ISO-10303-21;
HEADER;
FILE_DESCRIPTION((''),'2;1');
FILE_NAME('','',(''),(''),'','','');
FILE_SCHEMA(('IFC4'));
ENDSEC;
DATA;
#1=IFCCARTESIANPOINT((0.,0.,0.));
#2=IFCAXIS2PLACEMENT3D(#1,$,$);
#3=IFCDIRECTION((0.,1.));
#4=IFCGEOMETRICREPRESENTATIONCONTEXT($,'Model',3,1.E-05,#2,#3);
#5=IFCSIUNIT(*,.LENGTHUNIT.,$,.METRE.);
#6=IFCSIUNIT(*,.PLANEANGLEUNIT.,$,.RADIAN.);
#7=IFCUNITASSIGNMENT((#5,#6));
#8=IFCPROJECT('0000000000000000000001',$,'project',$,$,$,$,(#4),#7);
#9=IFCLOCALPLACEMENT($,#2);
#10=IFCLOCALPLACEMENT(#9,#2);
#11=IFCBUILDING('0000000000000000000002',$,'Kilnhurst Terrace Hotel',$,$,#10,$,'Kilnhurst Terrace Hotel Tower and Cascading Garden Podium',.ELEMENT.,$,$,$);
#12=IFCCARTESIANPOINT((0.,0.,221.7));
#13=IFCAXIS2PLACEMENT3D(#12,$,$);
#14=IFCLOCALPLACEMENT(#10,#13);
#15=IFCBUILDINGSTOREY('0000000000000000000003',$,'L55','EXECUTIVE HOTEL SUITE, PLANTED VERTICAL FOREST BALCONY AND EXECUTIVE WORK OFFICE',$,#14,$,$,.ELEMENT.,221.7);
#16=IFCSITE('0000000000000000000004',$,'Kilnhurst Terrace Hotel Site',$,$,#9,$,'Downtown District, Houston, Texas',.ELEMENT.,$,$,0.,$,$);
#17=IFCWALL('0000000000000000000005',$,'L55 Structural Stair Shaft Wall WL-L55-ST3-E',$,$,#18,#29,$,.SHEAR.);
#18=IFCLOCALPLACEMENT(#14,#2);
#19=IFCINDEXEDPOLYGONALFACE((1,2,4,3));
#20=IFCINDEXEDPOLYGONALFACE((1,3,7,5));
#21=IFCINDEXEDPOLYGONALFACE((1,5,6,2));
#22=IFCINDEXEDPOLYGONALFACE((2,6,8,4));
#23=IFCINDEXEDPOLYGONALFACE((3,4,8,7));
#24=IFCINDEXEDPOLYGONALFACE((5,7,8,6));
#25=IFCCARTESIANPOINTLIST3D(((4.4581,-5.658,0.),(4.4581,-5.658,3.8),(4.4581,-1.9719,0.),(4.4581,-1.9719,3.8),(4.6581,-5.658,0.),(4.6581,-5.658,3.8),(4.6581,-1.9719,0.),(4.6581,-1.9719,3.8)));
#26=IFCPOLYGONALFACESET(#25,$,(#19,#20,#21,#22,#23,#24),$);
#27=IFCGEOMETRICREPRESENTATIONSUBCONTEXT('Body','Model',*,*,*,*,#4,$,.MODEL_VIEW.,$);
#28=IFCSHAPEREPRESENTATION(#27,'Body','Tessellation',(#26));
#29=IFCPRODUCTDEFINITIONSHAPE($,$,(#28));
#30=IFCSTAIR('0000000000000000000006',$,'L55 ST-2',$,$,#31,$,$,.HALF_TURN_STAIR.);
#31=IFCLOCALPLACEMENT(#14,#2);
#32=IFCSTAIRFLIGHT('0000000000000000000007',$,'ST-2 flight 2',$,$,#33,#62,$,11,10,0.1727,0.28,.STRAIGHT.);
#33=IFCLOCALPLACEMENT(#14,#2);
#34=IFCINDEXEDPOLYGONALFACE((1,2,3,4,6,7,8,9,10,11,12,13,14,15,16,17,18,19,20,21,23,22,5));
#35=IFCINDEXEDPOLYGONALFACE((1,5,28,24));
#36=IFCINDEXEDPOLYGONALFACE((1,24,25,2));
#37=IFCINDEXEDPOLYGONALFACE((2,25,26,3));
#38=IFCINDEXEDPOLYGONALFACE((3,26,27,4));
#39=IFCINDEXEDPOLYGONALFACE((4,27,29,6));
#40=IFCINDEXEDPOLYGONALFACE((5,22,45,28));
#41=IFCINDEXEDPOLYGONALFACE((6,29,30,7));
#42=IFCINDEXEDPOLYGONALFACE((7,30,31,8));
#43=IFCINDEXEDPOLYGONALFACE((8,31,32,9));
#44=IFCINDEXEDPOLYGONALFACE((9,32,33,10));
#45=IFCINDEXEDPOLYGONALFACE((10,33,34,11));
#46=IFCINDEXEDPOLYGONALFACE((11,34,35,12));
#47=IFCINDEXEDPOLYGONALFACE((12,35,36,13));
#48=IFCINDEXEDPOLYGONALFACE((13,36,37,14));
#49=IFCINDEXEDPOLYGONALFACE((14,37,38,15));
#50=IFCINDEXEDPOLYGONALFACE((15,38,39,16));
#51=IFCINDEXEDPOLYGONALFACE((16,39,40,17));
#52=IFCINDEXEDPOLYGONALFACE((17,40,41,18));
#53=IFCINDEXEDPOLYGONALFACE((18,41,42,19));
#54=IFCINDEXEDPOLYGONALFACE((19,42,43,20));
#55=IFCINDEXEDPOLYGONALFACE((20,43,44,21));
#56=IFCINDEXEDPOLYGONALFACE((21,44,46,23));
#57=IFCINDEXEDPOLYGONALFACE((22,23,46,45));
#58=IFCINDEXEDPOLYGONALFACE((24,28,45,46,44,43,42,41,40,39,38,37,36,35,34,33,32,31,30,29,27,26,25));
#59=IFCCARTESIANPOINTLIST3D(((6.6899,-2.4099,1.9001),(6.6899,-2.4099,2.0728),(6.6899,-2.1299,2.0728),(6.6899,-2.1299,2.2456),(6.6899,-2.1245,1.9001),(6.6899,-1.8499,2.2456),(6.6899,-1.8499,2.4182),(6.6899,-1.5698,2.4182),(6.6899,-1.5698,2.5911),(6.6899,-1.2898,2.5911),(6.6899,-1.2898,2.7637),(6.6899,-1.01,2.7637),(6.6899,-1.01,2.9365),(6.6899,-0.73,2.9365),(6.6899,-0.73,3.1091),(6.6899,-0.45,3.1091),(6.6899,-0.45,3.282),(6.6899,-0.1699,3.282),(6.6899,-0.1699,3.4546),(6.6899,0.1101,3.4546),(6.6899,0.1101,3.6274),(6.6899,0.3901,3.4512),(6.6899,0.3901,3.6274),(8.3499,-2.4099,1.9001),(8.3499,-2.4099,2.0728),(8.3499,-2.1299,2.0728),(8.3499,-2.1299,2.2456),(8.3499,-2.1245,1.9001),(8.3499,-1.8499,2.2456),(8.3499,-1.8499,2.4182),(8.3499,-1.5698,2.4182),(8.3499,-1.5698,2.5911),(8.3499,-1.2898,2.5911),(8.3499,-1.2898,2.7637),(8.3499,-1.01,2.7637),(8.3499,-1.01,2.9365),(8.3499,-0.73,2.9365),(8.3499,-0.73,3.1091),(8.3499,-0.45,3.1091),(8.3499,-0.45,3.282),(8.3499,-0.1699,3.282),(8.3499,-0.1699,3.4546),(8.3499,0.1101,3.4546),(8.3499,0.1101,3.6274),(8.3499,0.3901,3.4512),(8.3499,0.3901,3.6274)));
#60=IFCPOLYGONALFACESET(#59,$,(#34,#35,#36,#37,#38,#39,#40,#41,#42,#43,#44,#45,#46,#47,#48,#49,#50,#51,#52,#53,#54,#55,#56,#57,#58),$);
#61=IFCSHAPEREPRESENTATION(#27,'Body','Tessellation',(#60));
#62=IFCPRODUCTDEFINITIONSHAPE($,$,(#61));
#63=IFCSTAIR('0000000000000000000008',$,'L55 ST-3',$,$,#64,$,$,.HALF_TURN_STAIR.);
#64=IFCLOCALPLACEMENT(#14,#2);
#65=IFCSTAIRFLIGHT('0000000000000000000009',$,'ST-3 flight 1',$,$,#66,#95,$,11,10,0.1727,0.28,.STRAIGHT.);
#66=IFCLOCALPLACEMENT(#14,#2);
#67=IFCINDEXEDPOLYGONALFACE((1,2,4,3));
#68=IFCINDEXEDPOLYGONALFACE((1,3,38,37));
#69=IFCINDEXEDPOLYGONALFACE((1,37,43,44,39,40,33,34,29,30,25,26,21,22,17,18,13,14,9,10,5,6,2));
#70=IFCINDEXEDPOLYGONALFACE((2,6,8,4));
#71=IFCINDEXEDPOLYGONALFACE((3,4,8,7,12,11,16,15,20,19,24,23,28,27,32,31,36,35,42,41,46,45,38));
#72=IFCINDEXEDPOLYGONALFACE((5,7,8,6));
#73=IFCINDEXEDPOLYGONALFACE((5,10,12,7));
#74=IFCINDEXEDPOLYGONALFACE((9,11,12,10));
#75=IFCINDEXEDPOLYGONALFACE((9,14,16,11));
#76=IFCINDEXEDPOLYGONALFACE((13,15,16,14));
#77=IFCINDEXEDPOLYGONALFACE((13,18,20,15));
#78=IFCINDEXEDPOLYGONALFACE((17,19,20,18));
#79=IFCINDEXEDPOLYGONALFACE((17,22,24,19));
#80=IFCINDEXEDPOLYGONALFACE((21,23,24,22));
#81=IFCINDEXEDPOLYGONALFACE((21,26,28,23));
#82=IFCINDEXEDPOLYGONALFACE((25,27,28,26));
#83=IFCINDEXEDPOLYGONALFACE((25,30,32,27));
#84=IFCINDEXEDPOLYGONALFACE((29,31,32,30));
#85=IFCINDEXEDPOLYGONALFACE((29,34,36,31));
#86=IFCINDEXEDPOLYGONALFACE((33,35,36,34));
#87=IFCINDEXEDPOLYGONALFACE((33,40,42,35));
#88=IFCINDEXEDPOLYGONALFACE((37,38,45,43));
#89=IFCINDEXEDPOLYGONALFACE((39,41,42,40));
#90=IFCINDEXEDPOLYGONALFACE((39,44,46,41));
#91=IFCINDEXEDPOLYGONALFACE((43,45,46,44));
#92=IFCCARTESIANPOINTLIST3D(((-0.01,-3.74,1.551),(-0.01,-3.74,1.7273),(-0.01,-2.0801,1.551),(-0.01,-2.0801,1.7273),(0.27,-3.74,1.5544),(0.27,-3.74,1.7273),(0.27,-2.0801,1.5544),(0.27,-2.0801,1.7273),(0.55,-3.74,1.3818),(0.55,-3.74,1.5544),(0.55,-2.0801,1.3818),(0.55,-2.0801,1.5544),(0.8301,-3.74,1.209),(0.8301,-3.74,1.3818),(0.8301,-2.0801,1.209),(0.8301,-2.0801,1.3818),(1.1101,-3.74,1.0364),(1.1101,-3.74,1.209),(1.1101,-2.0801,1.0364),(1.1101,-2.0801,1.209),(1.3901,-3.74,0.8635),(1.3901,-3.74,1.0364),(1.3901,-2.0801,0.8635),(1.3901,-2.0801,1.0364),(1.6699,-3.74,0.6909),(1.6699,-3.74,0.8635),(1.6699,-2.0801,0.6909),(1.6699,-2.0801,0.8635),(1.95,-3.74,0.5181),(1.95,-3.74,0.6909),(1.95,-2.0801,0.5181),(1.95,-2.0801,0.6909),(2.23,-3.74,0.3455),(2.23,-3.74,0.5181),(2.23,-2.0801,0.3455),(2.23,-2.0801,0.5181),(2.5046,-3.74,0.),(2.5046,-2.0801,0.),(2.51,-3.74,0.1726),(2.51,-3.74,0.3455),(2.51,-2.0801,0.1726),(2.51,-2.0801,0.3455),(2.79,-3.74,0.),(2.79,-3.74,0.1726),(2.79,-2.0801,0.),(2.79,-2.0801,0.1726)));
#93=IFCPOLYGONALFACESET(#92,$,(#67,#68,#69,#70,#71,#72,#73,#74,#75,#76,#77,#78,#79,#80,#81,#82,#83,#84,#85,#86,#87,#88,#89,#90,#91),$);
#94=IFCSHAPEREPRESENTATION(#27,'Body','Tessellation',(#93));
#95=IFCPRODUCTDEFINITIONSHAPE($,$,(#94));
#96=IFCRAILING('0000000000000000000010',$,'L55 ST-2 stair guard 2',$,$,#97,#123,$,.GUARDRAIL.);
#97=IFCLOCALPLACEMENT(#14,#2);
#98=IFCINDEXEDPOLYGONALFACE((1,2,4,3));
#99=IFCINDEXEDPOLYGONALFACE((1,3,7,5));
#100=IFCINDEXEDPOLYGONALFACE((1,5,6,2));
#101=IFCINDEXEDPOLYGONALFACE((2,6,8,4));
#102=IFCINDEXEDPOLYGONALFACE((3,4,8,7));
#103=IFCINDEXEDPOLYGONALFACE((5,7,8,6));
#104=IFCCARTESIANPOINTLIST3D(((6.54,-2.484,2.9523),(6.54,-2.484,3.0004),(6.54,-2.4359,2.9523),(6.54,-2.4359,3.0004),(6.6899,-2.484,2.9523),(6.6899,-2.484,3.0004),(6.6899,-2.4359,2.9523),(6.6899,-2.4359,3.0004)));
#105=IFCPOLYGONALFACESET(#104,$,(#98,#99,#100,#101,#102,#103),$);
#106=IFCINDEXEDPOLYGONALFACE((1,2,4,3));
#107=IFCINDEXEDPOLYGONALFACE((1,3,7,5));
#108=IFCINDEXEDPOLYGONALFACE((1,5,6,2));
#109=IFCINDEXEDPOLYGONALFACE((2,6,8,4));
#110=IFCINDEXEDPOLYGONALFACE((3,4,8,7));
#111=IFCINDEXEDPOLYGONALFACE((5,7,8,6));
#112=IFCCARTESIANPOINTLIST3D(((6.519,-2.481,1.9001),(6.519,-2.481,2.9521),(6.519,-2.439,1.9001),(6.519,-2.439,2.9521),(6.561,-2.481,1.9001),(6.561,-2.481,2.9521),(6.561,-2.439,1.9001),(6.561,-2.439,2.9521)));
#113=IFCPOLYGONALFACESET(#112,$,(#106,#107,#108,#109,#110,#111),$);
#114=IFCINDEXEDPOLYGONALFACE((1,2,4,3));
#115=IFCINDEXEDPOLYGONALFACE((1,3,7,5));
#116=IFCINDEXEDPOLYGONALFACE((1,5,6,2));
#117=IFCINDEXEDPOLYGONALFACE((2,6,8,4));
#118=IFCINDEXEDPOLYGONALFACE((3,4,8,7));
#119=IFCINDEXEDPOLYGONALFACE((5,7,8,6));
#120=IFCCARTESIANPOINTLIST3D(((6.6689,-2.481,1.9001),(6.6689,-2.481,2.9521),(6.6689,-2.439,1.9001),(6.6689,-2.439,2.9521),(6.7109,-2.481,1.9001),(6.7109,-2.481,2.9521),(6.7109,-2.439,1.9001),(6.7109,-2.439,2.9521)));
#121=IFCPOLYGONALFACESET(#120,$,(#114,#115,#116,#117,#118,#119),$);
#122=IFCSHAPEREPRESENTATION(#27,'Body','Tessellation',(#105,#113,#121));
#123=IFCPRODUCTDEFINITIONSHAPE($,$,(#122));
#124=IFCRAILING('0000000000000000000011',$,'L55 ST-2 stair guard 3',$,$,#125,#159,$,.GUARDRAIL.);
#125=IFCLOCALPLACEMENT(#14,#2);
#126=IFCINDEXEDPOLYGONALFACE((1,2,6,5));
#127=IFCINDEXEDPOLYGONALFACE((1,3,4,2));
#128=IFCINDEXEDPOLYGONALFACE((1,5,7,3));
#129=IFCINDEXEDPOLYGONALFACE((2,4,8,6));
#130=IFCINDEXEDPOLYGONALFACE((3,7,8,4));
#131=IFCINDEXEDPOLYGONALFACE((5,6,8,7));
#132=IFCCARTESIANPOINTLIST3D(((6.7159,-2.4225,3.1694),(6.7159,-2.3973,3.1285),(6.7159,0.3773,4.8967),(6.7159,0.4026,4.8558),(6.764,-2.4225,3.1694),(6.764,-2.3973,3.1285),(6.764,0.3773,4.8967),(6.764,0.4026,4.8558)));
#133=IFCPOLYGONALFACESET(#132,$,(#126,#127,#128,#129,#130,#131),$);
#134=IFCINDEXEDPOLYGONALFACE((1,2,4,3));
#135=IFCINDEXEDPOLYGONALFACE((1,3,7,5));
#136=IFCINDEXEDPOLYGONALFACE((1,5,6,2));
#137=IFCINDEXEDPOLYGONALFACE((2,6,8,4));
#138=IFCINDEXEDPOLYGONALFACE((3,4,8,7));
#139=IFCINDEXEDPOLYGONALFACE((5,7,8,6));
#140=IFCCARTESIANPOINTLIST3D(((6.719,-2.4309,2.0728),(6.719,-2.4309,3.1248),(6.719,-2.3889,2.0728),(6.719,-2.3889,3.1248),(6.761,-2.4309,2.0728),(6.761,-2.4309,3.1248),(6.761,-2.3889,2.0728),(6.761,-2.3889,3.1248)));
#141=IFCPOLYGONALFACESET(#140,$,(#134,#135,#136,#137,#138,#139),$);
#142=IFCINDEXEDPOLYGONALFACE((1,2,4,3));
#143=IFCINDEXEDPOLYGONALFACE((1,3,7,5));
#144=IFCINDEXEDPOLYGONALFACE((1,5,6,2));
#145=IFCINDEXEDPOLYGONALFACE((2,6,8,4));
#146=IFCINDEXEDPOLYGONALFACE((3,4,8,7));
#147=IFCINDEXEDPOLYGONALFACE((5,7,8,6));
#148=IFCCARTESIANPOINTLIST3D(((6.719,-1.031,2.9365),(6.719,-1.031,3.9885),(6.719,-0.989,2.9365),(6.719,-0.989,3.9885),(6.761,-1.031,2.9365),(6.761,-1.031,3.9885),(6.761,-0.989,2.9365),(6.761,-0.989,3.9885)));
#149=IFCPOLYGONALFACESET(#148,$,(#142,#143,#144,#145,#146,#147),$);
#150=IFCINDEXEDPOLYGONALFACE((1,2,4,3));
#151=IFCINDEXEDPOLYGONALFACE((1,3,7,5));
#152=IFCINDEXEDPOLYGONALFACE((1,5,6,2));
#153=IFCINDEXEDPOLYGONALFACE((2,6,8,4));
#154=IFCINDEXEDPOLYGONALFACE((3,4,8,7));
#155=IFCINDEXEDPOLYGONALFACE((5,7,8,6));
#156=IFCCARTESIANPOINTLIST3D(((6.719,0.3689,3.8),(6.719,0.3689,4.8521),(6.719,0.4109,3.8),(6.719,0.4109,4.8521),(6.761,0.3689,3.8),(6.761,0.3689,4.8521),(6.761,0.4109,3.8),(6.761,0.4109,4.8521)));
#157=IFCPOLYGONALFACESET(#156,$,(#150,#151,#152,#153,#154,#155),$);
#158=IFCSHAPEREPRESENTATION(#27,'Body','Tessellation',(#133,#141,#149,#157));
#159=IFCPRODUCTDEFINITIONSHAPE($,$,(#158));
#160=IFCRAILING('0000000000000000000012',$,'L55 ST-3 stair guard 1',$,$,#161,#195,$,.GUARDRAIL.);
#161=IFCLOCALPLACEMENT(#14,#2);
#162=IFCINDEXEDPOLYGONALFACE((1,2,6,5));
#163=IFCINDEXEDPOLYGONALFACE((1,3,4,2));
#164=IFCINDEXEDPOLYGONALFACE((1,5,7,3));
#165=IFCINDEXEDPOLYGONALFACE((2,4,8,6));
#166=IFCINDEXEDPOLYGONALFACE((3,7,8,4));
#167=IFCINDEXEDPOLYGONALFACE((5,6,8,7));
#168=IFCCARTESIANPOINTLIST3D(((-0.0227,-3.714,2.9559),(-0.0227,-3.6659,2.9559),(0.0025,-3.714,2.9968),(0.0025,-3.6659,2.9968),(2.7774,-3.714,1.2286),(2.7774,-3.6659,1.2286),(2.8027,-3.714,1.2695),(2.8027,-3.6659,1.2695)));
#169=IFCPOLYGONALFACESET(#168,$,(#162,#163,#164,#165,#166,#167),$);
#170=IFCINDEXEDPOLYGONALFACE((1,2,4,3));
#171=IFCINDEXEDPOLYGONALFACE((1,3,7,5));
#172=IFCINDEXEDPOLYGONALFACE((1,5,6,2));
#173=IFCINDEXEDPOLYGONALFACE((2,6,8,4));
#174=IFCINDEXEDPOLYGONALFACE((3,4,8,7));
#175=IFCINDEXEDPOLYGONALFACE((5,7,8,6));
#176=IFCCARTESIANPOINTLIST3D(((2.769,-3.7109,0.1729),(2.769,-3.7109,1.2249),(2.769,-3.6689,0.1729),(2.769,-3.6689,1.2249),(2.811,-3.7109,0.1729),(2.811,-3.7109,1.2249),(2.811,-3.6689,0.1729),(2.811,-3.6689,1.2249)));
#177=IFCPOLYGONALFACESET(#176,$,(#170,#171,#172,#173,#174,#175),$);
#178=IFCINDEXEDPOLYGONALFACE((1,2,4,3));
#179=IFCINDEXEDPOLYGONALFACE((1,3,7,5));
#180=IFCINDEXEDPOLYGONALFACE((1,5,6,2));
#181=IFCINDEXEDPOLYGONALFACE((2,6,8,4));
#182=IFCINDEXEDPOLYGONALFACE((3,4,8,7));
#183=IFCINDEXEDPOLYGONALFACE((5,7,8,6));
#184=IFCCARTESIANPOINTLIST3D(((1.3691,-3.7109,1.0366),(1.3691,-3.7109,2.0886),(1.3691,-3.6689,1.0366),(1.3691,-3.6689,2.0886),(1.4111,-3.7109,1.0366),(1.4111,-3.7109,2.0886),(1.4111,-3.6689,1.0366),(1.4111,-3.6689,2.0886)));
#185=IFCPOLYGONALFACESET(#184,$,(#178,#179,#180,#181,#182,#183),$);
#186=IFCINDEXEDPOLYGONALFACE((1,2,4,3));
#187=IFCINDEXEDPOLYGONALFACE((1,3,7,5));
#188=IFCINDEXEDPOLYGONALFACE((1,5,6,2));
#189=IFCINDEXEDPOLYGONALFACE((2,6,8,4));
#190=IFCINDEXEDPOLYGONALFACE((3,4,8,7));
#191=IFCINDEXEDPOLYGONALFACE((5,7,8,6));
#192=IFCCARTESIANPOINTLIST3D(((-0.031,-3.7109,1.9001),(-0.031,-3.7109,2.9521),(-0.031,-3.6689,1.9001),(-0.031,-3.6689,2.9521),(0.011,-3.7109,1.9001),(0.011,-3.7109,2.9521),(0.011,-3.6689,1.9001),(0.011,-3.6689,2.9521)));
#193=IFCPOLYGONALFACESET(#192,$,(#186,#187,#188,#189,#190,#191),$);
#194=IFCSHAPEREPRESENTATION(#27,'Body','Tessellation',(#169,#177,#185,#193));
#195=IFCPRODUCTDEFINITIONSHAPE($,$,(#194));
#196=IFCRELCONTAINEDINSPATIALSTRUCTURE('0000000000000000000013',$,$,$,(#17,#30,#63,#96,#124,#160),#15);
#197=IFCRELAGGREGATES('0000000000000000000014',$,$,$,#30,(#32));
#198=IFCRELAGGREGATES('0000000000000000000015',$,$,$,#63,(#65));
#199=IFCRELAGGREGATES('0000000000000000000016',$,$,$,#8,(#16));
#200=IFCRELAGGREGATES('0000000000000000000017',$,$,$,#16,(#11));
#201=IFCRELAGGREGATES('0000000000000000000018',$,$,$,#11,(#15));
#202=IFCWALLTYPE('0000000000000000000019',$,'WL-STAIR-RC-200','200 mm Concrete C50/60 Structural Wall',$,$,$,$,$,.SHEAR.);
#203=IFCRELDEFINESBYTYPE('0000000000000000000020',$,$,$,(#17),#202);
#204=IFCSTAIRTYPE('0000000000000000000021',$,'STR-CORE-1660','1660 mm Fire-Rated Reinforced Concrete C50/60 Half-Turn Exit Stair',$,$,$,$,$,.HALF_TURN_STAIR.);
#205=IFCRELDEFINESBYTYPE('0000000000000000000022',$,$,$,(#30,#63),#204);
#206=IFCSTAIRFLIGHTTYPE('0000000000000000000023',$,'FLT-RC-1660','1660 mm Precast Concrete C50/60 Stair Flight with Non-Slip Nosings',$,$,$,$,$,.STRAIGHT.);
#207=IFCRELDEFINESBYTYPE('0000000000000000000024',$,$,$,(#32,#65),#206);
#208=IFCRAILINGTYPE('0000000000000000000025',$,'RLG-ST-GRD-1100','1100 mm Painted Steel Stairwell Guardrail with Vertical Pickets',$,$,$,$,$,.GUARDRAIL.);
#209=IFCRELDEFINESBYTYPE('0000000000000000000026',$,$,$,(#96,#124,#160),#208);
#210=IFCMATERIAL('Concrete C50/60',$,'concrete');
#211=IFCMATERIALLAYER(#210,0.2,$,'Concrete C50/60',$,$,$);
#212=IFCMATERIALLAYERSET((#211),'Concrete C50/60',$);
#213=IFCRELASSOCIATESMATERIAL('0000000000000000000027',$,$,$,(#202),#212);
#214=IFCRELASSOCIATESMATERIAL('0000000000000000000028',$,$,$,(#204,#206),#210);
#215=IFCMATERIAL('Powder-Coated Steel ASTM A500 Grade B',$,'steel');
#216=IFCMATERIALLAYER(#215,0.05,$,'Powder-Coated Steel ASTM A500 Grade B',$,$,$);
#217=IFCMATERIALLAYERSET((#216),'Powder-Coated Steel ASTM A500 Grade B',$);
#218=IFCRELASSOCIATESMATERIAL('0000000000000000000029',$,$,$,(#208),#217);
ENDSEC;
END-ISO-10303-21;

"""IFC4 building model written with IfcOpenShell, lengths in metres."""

from ifc_helpers import new_model, si_unit, direction, frame, frame_2d, origin, origin_2d, place, context, subcontext, project, spatial, polyline, rectangle, outline, extrude, material, layer, layer_set, type_object, element, aggregate, save


model = new_model("IFC4")

# Units and contexts
model_context = context("Model", 3, precision=1e-05, world=origin(), true_north=direction((0.0, 1.0)))
body_context = subcontext(model_context, "Body", "Model", "MODEL_VIEW")
ifc_project = project(units=[si_unit("LENGTHUNIT", "METRE"), si_unit("PLANEANGLEUNIT", "RADIAN")], contexts=[model_context])

# Site, building, storey
site_placement = place(None, origin())
site = spatial("IfcSite", under=ifc_project, at=site_placement, Name="Kilnhurst Terrace Hotel Site", LongName="Downtown District, Houston, Texas", CompositionType="ELEMENT", RefElevation=0.0)
building_placement = place(site_placement, origin())
building = spatial("IfcBuilding", under=site, at=building_placement, Name="Kilnhurst Terrace Hotel", LongName="Kilnhurst Terrace Hotel Tower and Cascading Garden Podium", CompositionType="ELEMENT")
storey_placement = place(building_placement, frame((0.0, 0.0, 221.7)))
storey = spatial("IfcBuildingStorey", under=building, at=storey_placement, Name="L55", Description="EXECUTIVE HOTEL SUITE, PLANTED VERTICAL FOREST BALCONY AND EXECUTIVE WORK OFFICE", CompositionType="ELEMENT", Elevation=221.7)

# Shared definitions
ifc_material_1 = material(Name="Concrete C50/60", Category="concrete")

# Wall
ifc_layer_1 = layer(ifc_material_1, 0.2, Name="Concrete C50/60")
ifc_layer_set_1 = layer_set([ifc_layer_1], Name="Concrete C50/60")
wall_type_1 = type_object("IfcWallType", Name="WL-STAIR-RC-200", Description="200 mm Concrete C50/60 Structural Wall", PredefinedType="SHEAR", material=ifc_layer_set_1)
for number, where, z_axis, x_axis, name in (
    (1, (4.5581, -5.658, 0.0), (0.0, 0.0, 1.0), (0.0, 1.0, 0.0), "L55 Structural Stair Shaft Wall WL-L55-ST3-E"),
):
    element("IfcWall", number, at=place(storey_placement, frame(where, z_axis=z_axis, x_axis=x_axis)), inside=storey, type_object=wall_type_1, Name=name, PredefinedType="SHEAR", context=body_context, shape_type="SweptSolid", body=[
        extrude(rectangle(XDim=3.686, YDim=0.2, at=frame_2d((1.843, 0.0))), origin(), (0.0, 0.0, 1.0), 3.8),
    ])

# Stairs, stair flights
stair_type = type_object("IfcStairType", Name="STR-CORE-1660", Description="1660 mm Fire-Rated Reinforced Concrete C50/60 Half-Turn Exit Stair", PredefinedType="HALF_TURN_STAIR", material=ifc_material_1)
stair_1_placement = place(storey_placement, origin())
stair_1 = element("IfcStair", 2, at=stair_1_placement, inside=storey, type_object=stair_type, Name="L55 ST-2", PredefinedType="HALF_TURN_STAIR")
stair_flight_type = type_object("IfcStairFlightType", Name="FLT-RC-1660", Description="1660 mm Precast Concrete C50/60 Stair Flight with Non-Slip Nosings", PredefinedType="STRAIGHT", material=ifc_material_1)
stair_flight_1_placement = place(storey_placement, frame((7.52, -2.4099, 1.9001), z_axis=(0.0, 0.0, 1.0), x_axis=(0.0, 1.0, 0.0)))
stair_flight_1 = element("IfcStairFlight", 3, at=stair_flight_1_placement, type_object=stair_flight_type, Name="ST-2 flight 2", NumberOfRisers=11, NumberOfTreads=10, PredefinedType="STRAIGHT", RiserHeight=0.1727, TreadLength=0.28, context=body_context, shape_type="SweptSolid", body=[
    extrude(outline(polyline([(0.0, 0.0), (0.0, 0.1726), (0.28, 0.1726), (0.28, 0.3455), (0.5601, 0.3455), (0.5601, 0.5181), (0.8401, 0.5181), (0.8401, 0.6909), (1.1201, 0.6909), (1.1201, 0.8635), (1.3999, 0.8635), (1.3999, 1.0364), (1.6799, 1.0364), (1.6799, 1.209), (1.96, 1.209), (1.96, 1.3818), (2.24, 1.3818), (2.24, 1.5544), (2.52, 1.5544), (2.52, 1.7273), (2.8, 1.7273), (2.8, 1.8999), (2.8, 1.551), (0.2854, 0.0), (0.0, 0.0)])), frame((0.0, 0.8301, 0.0), z_axis=(0.0, -1.0, 0.0), x_axis=(1.0, 0.0, 0.0)), (0.0, 0.0, 1.0), 1.6599),
])
aggregate(stair_1, [stair_flight_1])
stair_2_placement = place(storey_placement, origin())
stair_2 = element("IfcStair", 4, at=stair_2_placement, inside=storey, type_object=stair_type, Name="L55 ST-3", PredefinedType="HALF_TURN_STAIR")
stair_flight_2_placement = place(storey_placement, frame((2.79, -2.9099, 0.0), z_axis=(0.0, 0.0, 1.0), x_axis=(-1.0, 0.0, 0.0)))
stair_flight_2 = element("IfcStairFlight", 5, at=stair_flight_2_placement, type_object=stair_flight_type, Name="ST-3 flight 1", NumberOfRisers=11, NumberOfTreads=10, PredefinedType="STRAIGHT", RiserHeight=0.1727, TreadLength=0.28, context=body_context, shape_type="SweptSolid", body=[
    extrude(outline(polyline([(0.0, 0.0), (0.0, 0.1726), (0.28, 0.1726), (0.28, 0.3455), (0.5601, 0.3455), (0.5601, 0.5181), (0.8401, 0.5181), (0.8401, 0.6909), (1.1201, 0.6909), (1.1201, 0.8635), (1.3999, 0.8635), (1.3999, 1.0364), (1.6799, 1.0364), (1.6799, 1.209), (1.96, 1.209), (1.96, 1.3818), (2.24, 1.3818), (2.24, 1.5544), (2.52, 1.5544), (2.52, 1.7273), (2.8, 1.7273), (2.8, 1.8999), (2.8, 1.551), (0.2854, 0.0), (0.0, 0.0)])), frame((0.0, 0.8301, 0.0), z_axis=(0.0, -1.0, 0.0), x_axis=(1.0, 0.0, 0.0)), (0.0, 0.0, 1.0), 1.6599),
])
aggregate(stair_2, [stair_flight_2])

# Railings
ifc_material_2 = material(Name="Powder-Coated Steel ASTM A500 Grade B", Category="steel")
ifc_layer_2 = layer(ifc_material_2, 0.05, Name="Powder-Coated Steel ASTM A500 Grade B")
ifc_layer_set_2 = layer_set([ifc_layer_2], Name="Powder-Coated Steel ASTM A500 Grade B")
railing_type_1 = type_object("IfcRailingType", Name="RLG-ST-GRD-1100", Description="1100 mm Painted Steel Stairwell Guardrail with Vertical Pickets", PredefinedType="GUARDRAIL", material=ifc_layer_set_2)
railing_1_placement = place(storey_placement, frame((6.54, -2.46, 1.9001)))
element("IfcRailing", 6, at=railing_1_placement, inside=storey, type_object=railing_type_1, Name="L55 ST-2 stair guard 2", PredefinedType="GUARDRAIL", context=body_context, shape_type="SweptSolid", body=[
    extrude(rectangle(XDim=0.0481, YDim=0.0481, at=origin_2d()), frame((0.0, 0.0, 1.0762), z_axis=(1.0, 0.0, 0.0), x_axis=(0.0, 1.0, 0.0)), (0.0, 0.0, 1.0), 0.1499),
    extrude(rectangle(XDim=0.042, YDim=0.042, at=origin_2d()), origin(), (0.0, 0.0, 1.0), 1.052),
    extrude(rectangle(XDim=0.042, YDim=0.042, at=origin_2d()), frame((0.1499, 0.0, 0.0)), (0.0, 0.0, 1.0), 1.052),
])
railing_2_placement = place(storey_placement, frame((6.74, -2.4099, 2.0728)))
element("IfcRailing", 7, at=railing_2_placement, inside=storey, type_object=railing_type_1, Name="L55 ST-2 stair guard 3", PredefinedType="GUARDRAIL", context=body_context, shape_type="SweptSolid", body=[
    extrude(rectangle(XDim=0.0481, YDim=0.0481, at=origin_2d()), frame((0.0, 0.0, 1.0762), z_axis=(0.0, 0.851069, 0.525054), x_axis=(-1.0, 0.0, 0.0)), (0.0, 0.0, 1.0), 3.2898),
    extrude(rectangle(XDim=0.042, YDim=0.042, at=origin_2d()), origin(), (0.0, 0.0, 1.0), 1.052),
    extrude(rectangle(XDim=0.042, YDim=0.042, at=origin_2d()), frame((0.0, 1.3999, 0.8638)), (0.0, 0.0, 1.0), 1.052),
    extrude(rectangle(XDim=0.042, YDim=0.042, at=origin_2d()), frame((0.0, 2.7998, 1.7273)), (0.0, 0.0, 1.0), 1.052),
])
railing_3_placement = place(storey_placement, frame((2.79, -3.6899, 0.1729)))
element("IfcRailing", 8, at=railing_3_placement, inside=storey, type_object=railing_type_1, Name="L55 ST-3 stair guard 1", PredefinedType="GUARDRAIL", context=body_context, shape_type="SweptSolid", body=[
    extrude(rectangle(XDim=0.0481, YDim=0.0481, at=origin_2d()), frame((0.0, 0.0, 1.0762), z_axis=(-0.85109, 0.0, 0.52502), x_axis=(0.0, -1.0, 0.0)), (0.0, 0.0, 1.0), 3.29),
    extrude(rectangle(XDim=0.042, YDim=0.042, at=origin_2d()), origin(), (0.0, 0.0, 1.0), 1.052),
    extrude(rectangle(XDim=0.042, YDim=0.042, at=origin_2d()), frame((-1.3999, 0.0, 0.8638)), (0.0, 0.0, 1.0), 1.052),
    extrude(rectangle(XDim=0.042, YDim=0.042, at=origin_2d()), frame((-2.8, 0.0, 1.7273)), (0.0, 0.0, 1.0), 1.052),
])

save(model, "model.ifc")
